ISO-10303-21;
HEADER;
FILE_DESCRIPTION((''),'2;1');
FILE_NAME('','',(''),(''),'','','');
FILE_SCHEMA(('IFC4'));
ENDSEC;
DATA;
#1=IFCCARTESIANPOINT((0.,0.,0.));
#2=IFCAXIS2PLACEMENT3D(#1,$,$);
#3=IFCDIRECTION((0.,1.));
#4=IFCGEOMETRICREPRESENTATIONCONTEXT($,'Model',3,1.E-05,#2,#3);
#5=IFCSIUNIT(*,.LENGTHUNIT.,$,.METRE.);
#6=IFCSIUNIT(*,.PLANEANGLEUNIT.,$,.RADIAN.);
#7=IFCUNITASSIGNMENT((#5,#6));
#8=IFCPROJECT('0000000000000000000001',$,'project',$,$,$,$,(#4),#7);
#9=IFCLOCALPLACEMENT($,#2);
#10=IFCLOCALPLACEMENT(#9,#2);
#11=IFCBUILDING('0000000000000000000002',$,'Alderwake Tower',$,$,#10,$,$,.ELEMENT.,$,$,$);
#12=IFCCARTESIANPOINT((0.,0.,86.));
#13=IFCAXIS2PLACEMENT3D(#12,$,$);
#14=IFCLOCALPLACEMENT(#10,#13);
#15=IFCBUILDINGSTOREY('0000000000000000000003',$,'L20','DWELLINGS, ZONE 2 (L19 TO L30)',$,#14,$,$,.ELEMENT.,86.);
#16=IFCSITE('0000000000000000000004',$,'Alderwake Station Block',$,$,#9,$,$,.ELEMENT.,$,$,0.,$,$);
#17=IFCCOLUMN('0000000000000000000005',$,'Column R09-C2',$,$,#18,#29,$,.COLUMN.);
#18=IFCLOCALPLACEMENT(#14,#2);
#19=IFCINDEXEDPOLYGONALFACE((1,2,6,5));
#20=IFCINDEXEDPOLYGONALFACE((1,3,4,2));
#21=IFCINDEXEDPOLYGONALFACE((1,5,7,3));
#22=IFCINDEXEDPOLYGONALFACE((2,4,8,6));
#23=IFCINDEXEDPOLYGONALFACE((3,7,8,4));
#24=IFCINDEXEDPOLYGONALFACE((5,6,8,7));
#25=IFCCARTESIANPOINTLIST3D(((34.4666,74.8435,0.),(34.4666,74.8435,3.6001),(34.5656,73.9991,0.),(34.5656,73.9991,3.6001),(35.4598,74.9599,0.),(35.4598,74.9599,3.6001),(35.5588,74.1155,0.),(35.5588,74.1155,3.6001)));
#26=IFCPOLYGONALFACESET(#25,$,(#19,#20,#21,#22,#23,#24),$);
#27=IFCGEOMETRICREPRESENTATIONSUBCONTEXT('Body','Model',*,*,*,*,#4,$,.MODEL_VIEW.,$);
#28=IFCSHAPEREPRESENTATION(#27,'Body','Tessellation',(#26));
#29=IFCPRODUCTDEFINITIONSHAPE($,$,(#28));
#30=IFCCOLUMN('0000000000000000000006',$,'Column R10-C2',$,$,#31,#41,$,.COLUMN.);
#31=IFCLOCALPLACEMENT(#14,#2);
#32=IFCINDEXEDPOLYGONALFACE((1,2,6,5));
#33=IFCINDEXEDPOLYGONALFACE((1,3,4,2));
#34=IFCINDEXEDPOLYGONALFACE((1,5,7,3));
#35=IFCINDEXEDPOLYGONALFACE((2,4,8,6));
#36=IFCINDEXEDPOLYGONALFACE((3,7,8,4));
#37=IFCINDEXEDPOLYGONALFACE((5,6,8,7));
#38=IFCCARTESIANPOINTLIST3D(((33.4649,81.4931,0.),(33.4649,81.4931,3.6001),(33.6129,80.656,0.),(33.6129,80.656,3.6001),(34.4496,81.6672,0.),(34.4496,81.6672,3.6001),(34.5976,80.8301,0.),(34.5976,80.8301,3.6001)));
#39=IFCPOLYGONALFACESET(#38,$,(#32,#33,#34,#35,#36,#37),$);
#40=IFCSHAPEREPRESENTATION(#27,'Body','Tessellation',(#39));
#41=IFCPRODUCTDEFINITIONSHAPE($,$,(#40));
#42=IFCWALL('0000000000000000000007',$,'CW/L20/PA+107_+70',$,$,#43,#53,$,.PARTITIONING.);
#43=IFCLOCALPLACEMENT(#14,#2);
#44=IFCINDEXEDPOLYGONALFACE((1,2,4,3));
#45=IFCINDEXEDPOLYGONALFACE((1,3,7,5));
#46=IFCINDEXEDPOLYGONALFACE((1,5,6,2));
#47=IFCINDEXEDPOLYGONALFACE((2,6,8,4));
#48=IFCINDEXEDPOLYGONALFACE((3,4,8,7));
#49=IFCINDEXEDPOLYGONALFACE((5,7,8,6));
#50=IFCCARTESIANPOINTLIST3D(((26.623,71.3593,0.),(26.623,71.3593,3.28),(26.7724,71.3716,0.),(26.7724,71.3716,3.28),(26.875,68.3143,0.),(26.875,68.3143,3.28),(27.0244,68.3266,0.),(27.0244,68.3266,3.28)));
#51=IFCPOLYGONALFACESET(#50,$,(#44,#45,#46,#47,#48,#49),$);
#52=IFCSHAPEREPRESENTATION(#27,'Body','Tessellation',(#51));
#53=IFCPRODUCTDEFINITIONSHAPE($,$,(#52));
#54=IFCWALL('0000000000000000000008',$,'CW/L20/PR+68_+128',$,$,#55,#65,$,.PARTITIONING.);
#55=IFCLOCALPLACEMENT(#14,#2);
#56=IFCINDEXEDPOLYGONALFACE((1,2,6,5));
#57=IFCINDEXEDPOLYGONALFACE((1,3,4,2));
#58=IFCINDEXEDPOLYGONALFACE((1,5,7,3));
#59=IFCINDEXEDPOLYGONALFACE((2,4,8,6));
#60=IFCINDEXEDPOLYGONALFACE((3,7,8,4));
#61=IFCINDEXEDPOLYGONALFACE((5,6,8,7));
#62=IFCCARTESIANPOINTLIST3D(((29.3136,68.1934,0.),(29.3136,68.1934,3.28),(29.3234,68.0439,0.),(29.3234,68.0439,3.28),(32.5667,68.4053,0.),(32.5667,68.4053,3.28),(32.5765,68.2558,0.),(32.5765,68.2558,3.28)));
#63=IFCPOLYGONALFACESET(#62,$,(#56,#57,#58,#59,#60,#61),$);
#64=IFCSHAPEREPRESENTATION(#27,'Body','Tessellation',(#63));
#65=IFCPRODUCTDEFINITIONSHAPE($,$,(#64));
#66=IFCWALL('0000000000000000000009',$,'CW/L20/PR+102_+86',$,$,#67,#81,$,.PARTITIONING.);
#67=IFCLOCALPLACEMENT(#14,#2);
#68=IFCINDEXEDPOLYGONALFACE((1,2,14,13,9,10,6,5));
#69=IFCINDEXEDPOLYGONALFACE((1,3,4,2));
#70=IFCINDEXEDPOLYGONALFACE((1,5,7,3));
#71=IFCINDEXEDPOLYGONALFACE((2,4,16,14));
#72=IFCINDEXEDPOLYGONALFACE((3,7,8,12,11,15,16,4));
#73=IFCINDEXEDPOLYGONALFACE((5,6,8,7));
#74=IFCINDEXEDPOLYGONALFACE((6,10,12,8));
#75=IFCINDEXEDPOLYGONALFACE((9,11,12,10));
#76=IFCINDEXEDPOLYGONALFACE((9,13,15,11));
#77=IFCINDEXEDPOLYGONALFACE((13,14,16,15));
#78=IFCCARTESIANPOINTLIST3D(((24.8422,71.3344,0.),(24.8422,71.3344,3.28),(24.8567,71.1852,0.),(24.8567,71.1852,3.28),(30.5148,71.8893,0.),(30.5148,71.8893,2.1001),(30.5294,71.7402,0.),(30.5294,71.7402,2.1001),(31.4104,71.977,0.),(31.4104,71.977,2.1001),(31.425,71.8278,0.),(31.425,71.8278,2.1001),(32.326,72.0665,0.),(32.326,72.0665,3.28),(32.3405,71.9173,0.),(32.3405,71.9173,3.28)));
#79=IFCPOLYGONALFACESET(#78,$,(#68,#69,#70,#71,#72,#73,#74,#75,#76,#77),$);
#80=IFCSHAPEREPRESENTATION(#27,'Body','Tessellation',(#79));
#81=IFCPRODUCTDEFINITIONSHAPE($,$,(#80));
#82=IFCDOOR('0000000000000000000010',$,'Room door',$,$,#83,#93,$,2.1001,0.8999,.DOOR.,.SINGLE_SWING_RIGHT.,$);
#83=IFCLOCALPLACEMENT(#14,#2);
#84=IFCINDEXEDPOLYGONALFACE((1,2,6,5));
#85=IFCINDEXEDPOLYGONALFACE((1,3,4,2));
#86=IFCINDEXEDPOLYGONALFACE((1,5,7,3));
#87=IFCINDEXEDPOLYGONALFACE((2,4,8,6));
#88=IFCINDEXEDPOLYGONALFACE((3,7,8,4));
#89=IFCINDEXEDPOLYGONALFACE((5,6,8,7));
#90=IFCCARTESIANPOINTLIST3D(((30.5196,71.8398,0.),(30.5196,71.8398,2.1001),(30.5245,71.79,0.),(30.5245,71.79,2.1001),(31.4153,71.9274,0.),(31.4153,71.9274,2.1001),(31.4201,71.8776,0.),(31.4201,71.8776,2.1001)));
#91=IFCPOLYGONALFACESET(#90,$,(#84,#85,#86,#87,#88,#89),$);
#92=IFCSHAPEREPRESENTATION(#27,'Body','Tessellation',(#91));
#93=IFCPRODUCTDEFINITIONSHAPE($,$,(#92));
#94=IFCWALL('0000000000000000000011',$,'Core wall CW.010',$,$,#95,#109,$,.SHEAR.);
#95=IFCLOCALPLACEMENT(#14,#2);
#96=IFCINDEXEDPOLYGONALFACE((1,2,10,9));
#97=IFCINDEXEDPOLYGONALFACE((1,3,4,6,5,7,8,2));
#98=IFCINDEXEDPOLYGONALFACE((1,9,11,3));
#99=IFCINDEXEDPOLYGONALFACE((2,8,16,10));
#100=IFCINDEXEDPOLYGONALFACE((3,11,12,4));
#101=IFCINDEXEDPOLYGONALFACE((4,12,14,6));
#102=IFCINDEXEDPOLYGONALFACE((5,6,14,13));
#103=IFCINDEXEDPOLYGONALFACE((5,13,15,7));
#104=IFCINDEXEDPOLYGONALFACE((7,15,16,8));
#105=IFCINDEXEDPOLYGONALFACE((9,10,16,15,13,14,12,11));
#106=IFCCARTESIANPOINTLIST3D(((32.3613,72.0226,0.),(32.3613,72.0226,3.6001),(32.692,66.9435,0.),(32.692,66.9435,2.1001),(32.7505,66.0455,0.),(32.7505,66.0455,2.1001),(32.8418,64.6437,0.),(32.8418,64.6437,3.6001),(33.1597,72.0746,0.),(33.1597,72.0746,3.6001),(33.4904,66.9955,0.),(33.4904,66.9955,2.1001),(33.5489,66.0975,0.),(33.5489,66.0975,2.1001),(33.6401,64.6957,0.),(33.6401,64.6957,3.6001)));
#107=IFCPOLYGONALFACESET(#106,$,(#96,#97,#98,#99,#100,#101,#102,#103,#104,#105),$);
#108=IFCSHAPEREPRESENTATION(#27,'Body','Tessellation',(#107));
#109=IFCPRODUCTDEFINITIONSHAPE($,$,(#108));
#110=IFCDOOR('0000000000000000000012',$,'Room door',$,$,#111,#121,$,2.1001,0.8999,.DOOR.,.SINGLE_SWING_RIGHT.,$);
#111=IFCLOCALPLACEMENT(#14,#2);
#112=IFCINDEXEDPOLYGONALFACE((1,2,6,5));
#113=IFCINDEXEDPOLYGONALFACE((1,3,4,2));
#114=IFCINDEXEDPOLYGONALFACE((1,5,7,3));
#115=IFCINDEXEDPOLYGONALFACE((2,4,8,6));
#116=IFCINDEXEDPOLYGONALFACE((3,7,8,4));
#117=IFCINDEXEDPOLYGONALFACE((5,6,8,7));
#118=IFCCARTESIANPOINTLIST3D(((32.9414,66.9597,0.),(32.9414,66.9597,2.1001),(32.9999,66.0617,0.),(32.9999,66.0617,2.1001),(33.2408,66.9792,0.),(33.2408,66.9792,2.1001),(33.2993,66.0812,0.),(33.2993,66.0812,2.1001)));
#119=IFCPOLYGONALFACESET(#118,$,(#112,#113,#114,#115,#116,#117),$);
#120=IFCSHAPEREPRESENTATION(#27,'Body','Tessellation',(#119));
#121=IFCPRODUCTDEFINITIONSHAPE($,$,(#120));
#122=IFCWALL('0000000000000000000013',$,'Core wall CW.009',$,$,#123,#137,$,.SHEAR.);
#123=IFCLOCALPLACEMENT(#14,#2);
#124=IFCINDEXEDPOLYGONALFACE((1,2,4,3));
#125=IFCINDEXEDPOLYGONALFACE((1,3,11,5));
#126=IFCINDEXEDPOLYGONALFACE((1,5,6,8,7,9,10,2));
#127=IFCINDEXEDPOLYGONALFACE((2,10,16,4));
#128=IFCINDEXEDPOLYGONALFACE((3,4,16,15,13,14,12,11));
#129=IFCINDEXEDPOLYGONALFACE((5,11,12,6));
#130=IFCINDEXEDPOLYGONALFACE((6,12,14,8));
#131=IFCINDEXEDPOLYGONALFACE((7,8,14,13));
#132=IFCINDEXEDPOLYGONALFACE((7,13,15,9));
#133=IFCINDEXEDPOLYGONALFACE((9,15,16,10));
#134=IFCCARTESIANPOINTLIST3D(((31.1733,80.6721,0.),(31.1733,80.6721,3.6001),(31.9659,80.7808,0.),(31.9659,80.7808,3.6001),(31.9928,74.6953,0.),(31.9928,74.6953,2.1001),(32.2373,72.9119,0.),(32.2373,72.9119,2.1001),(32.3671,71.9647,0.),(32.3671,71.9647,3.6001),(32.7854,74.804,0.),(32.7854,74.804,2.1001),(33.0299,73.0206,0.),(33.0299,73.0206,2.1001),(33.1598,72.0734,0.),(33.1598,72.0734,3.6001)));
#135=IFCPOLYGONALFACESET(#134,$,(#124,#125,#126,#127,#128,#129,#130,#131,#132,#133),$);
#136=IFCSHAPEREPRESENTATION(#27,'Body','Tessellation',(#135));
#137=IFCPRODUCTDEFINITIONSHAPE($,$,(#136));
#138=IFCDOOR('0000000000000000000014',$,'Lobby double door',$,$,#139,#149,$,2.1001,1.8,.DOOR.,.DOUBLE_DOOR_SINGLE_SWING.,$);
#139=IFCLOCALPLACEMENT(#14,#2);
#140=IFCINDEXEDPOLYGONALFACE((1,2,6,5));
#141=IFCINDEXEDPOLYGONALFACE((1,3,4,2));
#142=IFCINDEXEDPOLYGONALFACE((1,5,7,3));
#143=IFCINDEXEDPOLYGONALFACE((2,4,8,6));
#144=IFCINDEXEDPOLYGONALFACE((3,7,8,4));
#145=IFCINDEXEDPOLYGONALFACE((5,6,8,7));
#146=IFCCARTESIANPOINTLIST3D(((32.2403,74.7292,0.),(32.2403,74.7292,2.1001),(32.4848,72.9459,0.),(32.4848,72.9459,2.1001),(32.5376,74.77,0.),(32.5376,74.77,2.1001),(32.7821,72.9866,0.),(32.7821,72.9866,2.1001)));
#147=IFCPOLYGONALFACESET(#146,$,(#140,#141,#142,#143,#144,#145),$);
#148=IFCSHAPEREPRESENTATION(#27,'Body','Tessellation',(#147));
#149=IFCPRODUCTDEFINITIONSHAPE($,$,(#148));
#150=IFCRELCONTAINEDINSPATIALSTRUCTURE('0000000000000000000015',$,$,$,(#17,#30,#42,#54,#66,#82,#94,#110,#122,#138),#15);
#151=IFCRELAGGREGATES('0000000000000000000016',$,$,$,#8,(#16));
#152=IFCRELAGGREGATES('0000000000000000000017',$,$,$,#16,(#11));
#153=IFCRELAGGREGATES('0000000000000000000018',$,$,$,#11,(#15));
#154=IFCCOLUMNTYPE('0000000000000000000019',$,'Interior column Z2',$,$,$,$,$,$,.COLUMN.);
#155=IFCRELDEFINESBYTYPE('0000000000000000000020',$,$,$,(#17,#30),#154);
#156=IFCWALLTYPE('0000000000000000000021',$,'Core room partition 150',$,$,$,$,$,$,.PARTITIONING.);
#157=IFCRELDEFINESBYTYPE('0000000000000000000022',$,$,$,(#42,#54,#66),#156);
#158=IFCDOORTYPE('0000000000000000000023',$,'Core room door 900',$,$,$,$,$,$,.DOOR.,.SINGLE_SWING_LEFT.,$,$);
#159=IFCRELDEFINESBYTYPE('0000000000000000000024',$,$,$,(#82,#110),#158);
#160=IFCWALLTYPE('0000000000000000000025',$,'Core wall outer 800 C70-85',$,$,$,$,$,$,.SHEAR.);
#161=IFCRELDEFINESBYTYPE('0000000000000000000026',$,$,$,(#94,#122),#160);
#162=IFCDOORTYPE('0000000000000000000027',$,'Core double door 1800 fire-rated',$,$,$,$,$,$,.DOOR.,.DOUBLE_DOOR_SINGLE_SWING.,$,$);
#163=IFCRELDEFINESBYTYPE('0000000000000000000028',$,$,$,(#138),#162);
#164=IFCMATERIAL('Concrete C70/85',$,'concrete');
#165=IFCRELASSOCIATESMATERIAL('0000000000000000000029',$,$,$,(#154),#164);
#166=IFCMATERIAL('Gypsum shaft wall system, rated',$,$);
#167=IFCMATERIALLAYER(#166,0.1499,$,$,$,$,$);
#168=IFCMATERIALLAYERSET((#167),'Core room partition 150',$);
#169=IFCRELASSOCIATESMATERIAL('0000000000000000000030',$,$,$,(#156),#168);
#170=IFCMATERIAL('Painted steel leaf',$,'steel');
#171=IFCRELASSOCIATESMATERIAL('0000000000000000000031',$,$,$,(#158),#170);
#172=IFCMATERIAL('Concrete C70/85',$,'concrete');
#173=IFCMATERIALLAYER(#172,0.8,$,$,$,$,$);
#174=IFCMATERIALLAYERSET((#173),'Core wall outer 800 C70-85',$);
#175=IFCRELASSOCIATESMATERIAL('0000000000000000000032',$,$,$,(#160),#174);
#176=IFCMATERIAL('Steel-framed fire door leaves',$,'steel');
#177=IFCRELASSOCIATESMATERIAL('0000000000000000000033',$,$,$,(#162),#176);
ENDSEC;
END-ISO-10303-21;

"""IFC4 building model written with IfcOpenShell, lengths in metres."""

from ifc_helpers import new_model, si_unit, direction, frame, frame_2d, origin, origin_2d, place, context, subcontext, project, spatial, rectangle, extrude, material, layer, layer_set, material_profile, profile_set, type_object, element, fill, save


model = new_model("IFC4")

# Units and contexts
model_context = context("Model", 3, precision=1e-05, world=origin(), true_north=direction((0.0, 1.0)))
body_context = subcontext(model_context, "Body", "Model", "MODEL_VIEW")
ifc_project = project(units=[si_unit("LENGTHUNIT", "METRE"), si_unit("PLANEANGLEUNIT", "RADIAN")], contexts=[model_context])

# Site, building, storey
site_placement = place(None, origin())
site = spatial("IfcSite", under=ifc_project, at=site_placement, Name="Alderwake Station Block", CompositionType="ELEMENT", RefElevation=0.0)
building_placement = place(site_placement, origin())
building = spatial("IfcBuilding", under=site, at=building_placement, Name="Alderwake Tower", CompositionType="ELEMENT")
storey_placement = place(building_placement, frame((0.0, 0.0, 86.0)))
storey = spatial("IfcBuildingStorey", under=building, at=storey_placement, Name="L20", Description="DWELLINGS, ZONE 2 (L19 TO L30)", CompositionType="ELEMENT", Elevation=86.0)

# Columns
ifc_material_1 = material(Name="Concrete C70/85", Category="concrete")
ifc_material_profile = material_profile(ifc_material_1, rectangle(XDim=0.8501, YDim=1.0, at=origin_2d()), Name="RC 1000X850")
ifc_profile_set = profile_set([ifc_material_profile], Name="Concrete C70/85")
column_type = type_object("IfcColumnType", Name="Interior column Z2", PredefinedType="COLUMN", material=ifc_profile_set)
for number, where, z_axis, x_axis, name in (
    (1, (35.0127, 74.4795, 0.0), (0.0, 0.0, 1.0), (-0.116402, 0.993202, 0.0), "Column R09-C2"),
    (2, (34.0312, 81.1616, 0.0), (0.0, 0.0, 1.0), (-0.174109, 0.984726, 0.0), "Column R10-C2"),
):
    element("IfcColumn", number, at=place(storey_placement, frame(where, z_axis=z_axis, x_axis=x_axis)), inside=storey, type_object=column_type, Name=name, PredefinedType="COLUMN", context=body_context, shape_type="SweptSolid", body=[
        extrude(rectangle(XDim=0.8501, YDim=1.0, at=origin_2d()), origin(), (0.0, 0.0, 1.0), 3.6001),
    ])

# Walls
ifc_material_2 = material(Name="Gypsum shaft wall system, rated")
ifc_layer_1 = layer(ifc_material_2, 0.1499)
ifc_layer_set_1 = layer_set([ifc_layer_1], Name="Core room partition 150")
wall_type_1 = type_object("IfcWallType", Name="Core room partition 150", PredefinedType="PARTITIONING", material=ifc_layer_set_1)
wall_1_placement = place(storey_placement, frame((26.9497, 68.3203, 0.0), z_axis=(0.0, 0.0, 1.0), x_axis=(-0.082464, 0.996594, 0.0)))
element("IfcWall", 3, at=wall_1_placement, inside=storey, type_object=wall_type_1, Name="CW/L20/PA+107_+70", PredefinedType="PARTITIONING", context=body_context, shape_type="SweptSolid", body=[
    extrude(rectangle(XDim=3.0554, YDim=0.1499, at=frame_2d((1.5278, 0.0))), origin(), (0.0, 0.0, 1.0), 3.28),
])
wall_2_placement = place(storey_placement, frame((29.3186, 68.1187, 0.0), z_axis=(0.0, 0.0, 1.0), x_axis=(0.997885, 0.065003, 0.0)))
element("IfcWall", 4, at=wall_2_placement, inside=storey, type_object=wall_type_1, Name="CW/L20/PR+68_+128", PredefinedType="PARTITIONING", context=body_context, shape_type="SweptSolid", body=[
    extrude(rectangle(XDim=3.26, YDim=0.1499, at=frame_2d((1.6299, 0.0))), origin(), (0.0, 0.0, 1.0), 3.28),
])

# Walls, openings, doors
wall_3_placement = place(storey_placement, frame((32.3333, 71.9919, 0.0), z_axis=(0.0, 0.0, 1.0), x_axis=(-0.995248, -0.097369, 0.0)))
wall_3 = element("IfcWall", 5, at=wall_3_placement, inside=storey, type_object=wall_type_1, Name="CW/L20/PR+102_+86", PredefinedType="PARTITIONING", context=body_context, shape_type="SweptSolid", body=[
    extrude(rectangle(XDim=7.5195, YDim=0.1499, at=frame_2d((3.7598, 0.0))), origin(), (0.0, 0.0, 1.0), 3.28),
])
opening_1_placement = place(wall_3_placement, frame((0.9199, 0.0, 0.0)))
opening_1 = element("IfcOpeningElement", 6, at=opening_1_placement, cuts=wall_3, PredefinedType="OPENING", context=body_context, shape_type="SweptSolid", body=[
    extrude(rectangle(XDim=0.8999, YDim=2.1001, at=frame_2d((0.45, 1.05))), frame((0.0, 0.085, 0.0), z_axis=(0.0, -1.0, 0.0), x_axis=(1.0, 0.0, 0.0)), (0.0, 0.0, 1.0), 0.1699),
])
ifc_material_3 = material(Name="Painted steel leaf", Category="steel")
door_type_1 = type_object("IfcDoorType", Name="Core room door 900", OperationType="SINGLE_SWING_LEFT", PredefinedType="DOOR", material=ifc_material_3)
door_1_placement = place(opening_1_placement, origin())
door_1 = element("IfcDoor", 7, at=door_1_placement, inside=storey, type_object=door_type_1, Name="Room door", OperationType="SINGLE_SWING_RIGHT", OverallHeight=2.1001, OverallWidth=0.8999, PredefinedType="DOOR", context=body_context, shape_type="SweptSolid", body=[
    extrude(rectangle(XDim=0.8999, YDim=2.1001, at=frame_2d((0.45, 1.05))), frame((0.0, 0.0249, 0.0), z_axis=(0.0, -1.0, 0.0), x_axis=(1.0, 0.0, 0.0)), (0.0, 0.0, 1.0), 0.05),
])
fill(opening_1, door_1)
ifc_material_4 = material(Name="Concrete C70/85", Category="concrete")
ifc_layer_2 = layer(ifc_material_4, 0.8)
ifc_layer_set_2 = layer_set([ifc_layer_2], Name="Core wall outer 800 C70-85")
wall_type_2 = type_object("IfcWallType", Name="Core wall outer 800 C70-85", PredefinedType="SHEAR", material=ifc_layer_set_2)
wall_4_placement = place(storey_placement, frame((32.7605, 72.0486, 0.0), z_axis=(0.0, 0.0, 1.0), x_axis=(0.064976, -0.997887, 0.0)))
wall_4 = element("IfcWall", 8, at=wall_4_placement, inside=storey, type_object=wall_type_2, Name="Core wall CW.010", PredefinedType="SHEAR", context=body_context, shape_type="SweptSolid", body=[
    extrude(rectangle(XDim=7.3945, YDim=0.8, at=frame_2d((3.6973, 0.0))), origin(), (0.0, 0.0, 1.0), 3.6001),
])
opening_2_placement = place(wall_4_placement, frame((5.0898, 0.0, 0.0)))
opening_2 = element("IfcOpeningElement", 9, at=opening_2_placement, cuts=wall_4, PredefinedType="OPENING", context=body_context, shape_type="SweptSolid", body=[
    extrude(rectangle(XDim=0.8999, YDim=2.1001, at=frame_2d((0.45, 1.05))), frame((0.0, 0.4099, 0.0), z_axis=(0.0, -1.0, 0.0), x_axis=(1.0, 0.0, 0.0)), (0.0, 0.0, 1.0), 0.8201),
])
door_2_placement = place(opening_2_placement, origin())
door_2 = element("IfcDoor", 10, at=door_2_placement, inside=storey, type_object=door_type_1, Name="Room door", OperationType="SINGLE_SWING_RIGHT", OverallHeight=2.1001, OverallWidth=0.8999, PredefinedType="DOOR", context=body_context, shape_type="SweptSolid", body=[
    extrude(rectangle(XDim=0.8999, YDim=2.1001, at=frame_2d((0.45, 1.05))), frame((0.0, 0.1499, 0.0), z_axis=(0.0, -1.0, 0.0), x_axis=(1.0, 0.0, 0.0)), (0.0, 0.0, 1.0), 0.3),
])
fill(opening_2, door_2)
wall_5_placement = place(storey_placement, frame((31.5696, 80.7266, 0.0), z_axis=(0.0, 0.0, 1.0), x_axis=(0.135838, -0.990731, 0.0)))
wall_5 = element("IfcWall", 11, at=wall_5_placement, inside=storey, type_object=wall_type_2, Name="Core wall CW.009", PredefinedType="SHEAR", context=body_context, shape_type="SweptSolid", body=[
    extrude(rectangle(XDim=8.7888, YDim=0.8, at=frame_2d((4.3945, 0.0))), origin(), (0.0, 0.0, 1.0), 3.6001),
])
opening_3_placement = place(wall_5_placement, frame((6.033, 0.0, 0.0)))
opening_3 = element("IfcOpeningElement", 12, at=opening_3_placement, cuts=wall_5, PredefinedType="OPENING", context=body_context, shape_type="SweptSolid", body=[
    extrude(rectangle(XDim=1.8, YDim=2.1001, at=frame_2d((0.8999, 1.05))), frame((0.0, 0.4099, 0.0), z_axis=(0.0, -1.0, 0.0), x_axis=(1.0, 0.0, 0.0)), (0.0, 0.0, 1.0), 0.8201),
])
ifc_material_5 = material(Name="Steel-framed fire door leaves", Category="steel")
door_type_2 = type_object("IfcDoorType", Name="Core double door 1800 fire-rated", OperationType="DOUBLE_DOOR_SINGLE_SWING", PredefinedType="DOOR", material=ifc_material_5)
door_3_placement = place(opening_3_placement, origin())
door_3 = element("IfcDoor", 13, at=door_3_placement, inside=storey, type_object=door_type_2, Name="Lobby double door", OperationType="DOUBLE_DOOR_SINGLE_SWING", OverallHeight=2.1001, OverallWidth=1.8, PredefinedType="DOOR", context=body_context, shape_type="SweptSolid", body=[
    extrude(rectangle(XDim=1.8, YDim=2.1001, at=frame_2d((0.8999, 1.05))), frame((0.0, 0.1499, 0.0), z_axis=(0.0, -1.0, 0.0), x_axis=(1.0, 0.0, 0.0)), (0.0, 0.0, 1.0), 0.3),
])
fill(opening_3, door_3)

save(model, "model.ifc")
